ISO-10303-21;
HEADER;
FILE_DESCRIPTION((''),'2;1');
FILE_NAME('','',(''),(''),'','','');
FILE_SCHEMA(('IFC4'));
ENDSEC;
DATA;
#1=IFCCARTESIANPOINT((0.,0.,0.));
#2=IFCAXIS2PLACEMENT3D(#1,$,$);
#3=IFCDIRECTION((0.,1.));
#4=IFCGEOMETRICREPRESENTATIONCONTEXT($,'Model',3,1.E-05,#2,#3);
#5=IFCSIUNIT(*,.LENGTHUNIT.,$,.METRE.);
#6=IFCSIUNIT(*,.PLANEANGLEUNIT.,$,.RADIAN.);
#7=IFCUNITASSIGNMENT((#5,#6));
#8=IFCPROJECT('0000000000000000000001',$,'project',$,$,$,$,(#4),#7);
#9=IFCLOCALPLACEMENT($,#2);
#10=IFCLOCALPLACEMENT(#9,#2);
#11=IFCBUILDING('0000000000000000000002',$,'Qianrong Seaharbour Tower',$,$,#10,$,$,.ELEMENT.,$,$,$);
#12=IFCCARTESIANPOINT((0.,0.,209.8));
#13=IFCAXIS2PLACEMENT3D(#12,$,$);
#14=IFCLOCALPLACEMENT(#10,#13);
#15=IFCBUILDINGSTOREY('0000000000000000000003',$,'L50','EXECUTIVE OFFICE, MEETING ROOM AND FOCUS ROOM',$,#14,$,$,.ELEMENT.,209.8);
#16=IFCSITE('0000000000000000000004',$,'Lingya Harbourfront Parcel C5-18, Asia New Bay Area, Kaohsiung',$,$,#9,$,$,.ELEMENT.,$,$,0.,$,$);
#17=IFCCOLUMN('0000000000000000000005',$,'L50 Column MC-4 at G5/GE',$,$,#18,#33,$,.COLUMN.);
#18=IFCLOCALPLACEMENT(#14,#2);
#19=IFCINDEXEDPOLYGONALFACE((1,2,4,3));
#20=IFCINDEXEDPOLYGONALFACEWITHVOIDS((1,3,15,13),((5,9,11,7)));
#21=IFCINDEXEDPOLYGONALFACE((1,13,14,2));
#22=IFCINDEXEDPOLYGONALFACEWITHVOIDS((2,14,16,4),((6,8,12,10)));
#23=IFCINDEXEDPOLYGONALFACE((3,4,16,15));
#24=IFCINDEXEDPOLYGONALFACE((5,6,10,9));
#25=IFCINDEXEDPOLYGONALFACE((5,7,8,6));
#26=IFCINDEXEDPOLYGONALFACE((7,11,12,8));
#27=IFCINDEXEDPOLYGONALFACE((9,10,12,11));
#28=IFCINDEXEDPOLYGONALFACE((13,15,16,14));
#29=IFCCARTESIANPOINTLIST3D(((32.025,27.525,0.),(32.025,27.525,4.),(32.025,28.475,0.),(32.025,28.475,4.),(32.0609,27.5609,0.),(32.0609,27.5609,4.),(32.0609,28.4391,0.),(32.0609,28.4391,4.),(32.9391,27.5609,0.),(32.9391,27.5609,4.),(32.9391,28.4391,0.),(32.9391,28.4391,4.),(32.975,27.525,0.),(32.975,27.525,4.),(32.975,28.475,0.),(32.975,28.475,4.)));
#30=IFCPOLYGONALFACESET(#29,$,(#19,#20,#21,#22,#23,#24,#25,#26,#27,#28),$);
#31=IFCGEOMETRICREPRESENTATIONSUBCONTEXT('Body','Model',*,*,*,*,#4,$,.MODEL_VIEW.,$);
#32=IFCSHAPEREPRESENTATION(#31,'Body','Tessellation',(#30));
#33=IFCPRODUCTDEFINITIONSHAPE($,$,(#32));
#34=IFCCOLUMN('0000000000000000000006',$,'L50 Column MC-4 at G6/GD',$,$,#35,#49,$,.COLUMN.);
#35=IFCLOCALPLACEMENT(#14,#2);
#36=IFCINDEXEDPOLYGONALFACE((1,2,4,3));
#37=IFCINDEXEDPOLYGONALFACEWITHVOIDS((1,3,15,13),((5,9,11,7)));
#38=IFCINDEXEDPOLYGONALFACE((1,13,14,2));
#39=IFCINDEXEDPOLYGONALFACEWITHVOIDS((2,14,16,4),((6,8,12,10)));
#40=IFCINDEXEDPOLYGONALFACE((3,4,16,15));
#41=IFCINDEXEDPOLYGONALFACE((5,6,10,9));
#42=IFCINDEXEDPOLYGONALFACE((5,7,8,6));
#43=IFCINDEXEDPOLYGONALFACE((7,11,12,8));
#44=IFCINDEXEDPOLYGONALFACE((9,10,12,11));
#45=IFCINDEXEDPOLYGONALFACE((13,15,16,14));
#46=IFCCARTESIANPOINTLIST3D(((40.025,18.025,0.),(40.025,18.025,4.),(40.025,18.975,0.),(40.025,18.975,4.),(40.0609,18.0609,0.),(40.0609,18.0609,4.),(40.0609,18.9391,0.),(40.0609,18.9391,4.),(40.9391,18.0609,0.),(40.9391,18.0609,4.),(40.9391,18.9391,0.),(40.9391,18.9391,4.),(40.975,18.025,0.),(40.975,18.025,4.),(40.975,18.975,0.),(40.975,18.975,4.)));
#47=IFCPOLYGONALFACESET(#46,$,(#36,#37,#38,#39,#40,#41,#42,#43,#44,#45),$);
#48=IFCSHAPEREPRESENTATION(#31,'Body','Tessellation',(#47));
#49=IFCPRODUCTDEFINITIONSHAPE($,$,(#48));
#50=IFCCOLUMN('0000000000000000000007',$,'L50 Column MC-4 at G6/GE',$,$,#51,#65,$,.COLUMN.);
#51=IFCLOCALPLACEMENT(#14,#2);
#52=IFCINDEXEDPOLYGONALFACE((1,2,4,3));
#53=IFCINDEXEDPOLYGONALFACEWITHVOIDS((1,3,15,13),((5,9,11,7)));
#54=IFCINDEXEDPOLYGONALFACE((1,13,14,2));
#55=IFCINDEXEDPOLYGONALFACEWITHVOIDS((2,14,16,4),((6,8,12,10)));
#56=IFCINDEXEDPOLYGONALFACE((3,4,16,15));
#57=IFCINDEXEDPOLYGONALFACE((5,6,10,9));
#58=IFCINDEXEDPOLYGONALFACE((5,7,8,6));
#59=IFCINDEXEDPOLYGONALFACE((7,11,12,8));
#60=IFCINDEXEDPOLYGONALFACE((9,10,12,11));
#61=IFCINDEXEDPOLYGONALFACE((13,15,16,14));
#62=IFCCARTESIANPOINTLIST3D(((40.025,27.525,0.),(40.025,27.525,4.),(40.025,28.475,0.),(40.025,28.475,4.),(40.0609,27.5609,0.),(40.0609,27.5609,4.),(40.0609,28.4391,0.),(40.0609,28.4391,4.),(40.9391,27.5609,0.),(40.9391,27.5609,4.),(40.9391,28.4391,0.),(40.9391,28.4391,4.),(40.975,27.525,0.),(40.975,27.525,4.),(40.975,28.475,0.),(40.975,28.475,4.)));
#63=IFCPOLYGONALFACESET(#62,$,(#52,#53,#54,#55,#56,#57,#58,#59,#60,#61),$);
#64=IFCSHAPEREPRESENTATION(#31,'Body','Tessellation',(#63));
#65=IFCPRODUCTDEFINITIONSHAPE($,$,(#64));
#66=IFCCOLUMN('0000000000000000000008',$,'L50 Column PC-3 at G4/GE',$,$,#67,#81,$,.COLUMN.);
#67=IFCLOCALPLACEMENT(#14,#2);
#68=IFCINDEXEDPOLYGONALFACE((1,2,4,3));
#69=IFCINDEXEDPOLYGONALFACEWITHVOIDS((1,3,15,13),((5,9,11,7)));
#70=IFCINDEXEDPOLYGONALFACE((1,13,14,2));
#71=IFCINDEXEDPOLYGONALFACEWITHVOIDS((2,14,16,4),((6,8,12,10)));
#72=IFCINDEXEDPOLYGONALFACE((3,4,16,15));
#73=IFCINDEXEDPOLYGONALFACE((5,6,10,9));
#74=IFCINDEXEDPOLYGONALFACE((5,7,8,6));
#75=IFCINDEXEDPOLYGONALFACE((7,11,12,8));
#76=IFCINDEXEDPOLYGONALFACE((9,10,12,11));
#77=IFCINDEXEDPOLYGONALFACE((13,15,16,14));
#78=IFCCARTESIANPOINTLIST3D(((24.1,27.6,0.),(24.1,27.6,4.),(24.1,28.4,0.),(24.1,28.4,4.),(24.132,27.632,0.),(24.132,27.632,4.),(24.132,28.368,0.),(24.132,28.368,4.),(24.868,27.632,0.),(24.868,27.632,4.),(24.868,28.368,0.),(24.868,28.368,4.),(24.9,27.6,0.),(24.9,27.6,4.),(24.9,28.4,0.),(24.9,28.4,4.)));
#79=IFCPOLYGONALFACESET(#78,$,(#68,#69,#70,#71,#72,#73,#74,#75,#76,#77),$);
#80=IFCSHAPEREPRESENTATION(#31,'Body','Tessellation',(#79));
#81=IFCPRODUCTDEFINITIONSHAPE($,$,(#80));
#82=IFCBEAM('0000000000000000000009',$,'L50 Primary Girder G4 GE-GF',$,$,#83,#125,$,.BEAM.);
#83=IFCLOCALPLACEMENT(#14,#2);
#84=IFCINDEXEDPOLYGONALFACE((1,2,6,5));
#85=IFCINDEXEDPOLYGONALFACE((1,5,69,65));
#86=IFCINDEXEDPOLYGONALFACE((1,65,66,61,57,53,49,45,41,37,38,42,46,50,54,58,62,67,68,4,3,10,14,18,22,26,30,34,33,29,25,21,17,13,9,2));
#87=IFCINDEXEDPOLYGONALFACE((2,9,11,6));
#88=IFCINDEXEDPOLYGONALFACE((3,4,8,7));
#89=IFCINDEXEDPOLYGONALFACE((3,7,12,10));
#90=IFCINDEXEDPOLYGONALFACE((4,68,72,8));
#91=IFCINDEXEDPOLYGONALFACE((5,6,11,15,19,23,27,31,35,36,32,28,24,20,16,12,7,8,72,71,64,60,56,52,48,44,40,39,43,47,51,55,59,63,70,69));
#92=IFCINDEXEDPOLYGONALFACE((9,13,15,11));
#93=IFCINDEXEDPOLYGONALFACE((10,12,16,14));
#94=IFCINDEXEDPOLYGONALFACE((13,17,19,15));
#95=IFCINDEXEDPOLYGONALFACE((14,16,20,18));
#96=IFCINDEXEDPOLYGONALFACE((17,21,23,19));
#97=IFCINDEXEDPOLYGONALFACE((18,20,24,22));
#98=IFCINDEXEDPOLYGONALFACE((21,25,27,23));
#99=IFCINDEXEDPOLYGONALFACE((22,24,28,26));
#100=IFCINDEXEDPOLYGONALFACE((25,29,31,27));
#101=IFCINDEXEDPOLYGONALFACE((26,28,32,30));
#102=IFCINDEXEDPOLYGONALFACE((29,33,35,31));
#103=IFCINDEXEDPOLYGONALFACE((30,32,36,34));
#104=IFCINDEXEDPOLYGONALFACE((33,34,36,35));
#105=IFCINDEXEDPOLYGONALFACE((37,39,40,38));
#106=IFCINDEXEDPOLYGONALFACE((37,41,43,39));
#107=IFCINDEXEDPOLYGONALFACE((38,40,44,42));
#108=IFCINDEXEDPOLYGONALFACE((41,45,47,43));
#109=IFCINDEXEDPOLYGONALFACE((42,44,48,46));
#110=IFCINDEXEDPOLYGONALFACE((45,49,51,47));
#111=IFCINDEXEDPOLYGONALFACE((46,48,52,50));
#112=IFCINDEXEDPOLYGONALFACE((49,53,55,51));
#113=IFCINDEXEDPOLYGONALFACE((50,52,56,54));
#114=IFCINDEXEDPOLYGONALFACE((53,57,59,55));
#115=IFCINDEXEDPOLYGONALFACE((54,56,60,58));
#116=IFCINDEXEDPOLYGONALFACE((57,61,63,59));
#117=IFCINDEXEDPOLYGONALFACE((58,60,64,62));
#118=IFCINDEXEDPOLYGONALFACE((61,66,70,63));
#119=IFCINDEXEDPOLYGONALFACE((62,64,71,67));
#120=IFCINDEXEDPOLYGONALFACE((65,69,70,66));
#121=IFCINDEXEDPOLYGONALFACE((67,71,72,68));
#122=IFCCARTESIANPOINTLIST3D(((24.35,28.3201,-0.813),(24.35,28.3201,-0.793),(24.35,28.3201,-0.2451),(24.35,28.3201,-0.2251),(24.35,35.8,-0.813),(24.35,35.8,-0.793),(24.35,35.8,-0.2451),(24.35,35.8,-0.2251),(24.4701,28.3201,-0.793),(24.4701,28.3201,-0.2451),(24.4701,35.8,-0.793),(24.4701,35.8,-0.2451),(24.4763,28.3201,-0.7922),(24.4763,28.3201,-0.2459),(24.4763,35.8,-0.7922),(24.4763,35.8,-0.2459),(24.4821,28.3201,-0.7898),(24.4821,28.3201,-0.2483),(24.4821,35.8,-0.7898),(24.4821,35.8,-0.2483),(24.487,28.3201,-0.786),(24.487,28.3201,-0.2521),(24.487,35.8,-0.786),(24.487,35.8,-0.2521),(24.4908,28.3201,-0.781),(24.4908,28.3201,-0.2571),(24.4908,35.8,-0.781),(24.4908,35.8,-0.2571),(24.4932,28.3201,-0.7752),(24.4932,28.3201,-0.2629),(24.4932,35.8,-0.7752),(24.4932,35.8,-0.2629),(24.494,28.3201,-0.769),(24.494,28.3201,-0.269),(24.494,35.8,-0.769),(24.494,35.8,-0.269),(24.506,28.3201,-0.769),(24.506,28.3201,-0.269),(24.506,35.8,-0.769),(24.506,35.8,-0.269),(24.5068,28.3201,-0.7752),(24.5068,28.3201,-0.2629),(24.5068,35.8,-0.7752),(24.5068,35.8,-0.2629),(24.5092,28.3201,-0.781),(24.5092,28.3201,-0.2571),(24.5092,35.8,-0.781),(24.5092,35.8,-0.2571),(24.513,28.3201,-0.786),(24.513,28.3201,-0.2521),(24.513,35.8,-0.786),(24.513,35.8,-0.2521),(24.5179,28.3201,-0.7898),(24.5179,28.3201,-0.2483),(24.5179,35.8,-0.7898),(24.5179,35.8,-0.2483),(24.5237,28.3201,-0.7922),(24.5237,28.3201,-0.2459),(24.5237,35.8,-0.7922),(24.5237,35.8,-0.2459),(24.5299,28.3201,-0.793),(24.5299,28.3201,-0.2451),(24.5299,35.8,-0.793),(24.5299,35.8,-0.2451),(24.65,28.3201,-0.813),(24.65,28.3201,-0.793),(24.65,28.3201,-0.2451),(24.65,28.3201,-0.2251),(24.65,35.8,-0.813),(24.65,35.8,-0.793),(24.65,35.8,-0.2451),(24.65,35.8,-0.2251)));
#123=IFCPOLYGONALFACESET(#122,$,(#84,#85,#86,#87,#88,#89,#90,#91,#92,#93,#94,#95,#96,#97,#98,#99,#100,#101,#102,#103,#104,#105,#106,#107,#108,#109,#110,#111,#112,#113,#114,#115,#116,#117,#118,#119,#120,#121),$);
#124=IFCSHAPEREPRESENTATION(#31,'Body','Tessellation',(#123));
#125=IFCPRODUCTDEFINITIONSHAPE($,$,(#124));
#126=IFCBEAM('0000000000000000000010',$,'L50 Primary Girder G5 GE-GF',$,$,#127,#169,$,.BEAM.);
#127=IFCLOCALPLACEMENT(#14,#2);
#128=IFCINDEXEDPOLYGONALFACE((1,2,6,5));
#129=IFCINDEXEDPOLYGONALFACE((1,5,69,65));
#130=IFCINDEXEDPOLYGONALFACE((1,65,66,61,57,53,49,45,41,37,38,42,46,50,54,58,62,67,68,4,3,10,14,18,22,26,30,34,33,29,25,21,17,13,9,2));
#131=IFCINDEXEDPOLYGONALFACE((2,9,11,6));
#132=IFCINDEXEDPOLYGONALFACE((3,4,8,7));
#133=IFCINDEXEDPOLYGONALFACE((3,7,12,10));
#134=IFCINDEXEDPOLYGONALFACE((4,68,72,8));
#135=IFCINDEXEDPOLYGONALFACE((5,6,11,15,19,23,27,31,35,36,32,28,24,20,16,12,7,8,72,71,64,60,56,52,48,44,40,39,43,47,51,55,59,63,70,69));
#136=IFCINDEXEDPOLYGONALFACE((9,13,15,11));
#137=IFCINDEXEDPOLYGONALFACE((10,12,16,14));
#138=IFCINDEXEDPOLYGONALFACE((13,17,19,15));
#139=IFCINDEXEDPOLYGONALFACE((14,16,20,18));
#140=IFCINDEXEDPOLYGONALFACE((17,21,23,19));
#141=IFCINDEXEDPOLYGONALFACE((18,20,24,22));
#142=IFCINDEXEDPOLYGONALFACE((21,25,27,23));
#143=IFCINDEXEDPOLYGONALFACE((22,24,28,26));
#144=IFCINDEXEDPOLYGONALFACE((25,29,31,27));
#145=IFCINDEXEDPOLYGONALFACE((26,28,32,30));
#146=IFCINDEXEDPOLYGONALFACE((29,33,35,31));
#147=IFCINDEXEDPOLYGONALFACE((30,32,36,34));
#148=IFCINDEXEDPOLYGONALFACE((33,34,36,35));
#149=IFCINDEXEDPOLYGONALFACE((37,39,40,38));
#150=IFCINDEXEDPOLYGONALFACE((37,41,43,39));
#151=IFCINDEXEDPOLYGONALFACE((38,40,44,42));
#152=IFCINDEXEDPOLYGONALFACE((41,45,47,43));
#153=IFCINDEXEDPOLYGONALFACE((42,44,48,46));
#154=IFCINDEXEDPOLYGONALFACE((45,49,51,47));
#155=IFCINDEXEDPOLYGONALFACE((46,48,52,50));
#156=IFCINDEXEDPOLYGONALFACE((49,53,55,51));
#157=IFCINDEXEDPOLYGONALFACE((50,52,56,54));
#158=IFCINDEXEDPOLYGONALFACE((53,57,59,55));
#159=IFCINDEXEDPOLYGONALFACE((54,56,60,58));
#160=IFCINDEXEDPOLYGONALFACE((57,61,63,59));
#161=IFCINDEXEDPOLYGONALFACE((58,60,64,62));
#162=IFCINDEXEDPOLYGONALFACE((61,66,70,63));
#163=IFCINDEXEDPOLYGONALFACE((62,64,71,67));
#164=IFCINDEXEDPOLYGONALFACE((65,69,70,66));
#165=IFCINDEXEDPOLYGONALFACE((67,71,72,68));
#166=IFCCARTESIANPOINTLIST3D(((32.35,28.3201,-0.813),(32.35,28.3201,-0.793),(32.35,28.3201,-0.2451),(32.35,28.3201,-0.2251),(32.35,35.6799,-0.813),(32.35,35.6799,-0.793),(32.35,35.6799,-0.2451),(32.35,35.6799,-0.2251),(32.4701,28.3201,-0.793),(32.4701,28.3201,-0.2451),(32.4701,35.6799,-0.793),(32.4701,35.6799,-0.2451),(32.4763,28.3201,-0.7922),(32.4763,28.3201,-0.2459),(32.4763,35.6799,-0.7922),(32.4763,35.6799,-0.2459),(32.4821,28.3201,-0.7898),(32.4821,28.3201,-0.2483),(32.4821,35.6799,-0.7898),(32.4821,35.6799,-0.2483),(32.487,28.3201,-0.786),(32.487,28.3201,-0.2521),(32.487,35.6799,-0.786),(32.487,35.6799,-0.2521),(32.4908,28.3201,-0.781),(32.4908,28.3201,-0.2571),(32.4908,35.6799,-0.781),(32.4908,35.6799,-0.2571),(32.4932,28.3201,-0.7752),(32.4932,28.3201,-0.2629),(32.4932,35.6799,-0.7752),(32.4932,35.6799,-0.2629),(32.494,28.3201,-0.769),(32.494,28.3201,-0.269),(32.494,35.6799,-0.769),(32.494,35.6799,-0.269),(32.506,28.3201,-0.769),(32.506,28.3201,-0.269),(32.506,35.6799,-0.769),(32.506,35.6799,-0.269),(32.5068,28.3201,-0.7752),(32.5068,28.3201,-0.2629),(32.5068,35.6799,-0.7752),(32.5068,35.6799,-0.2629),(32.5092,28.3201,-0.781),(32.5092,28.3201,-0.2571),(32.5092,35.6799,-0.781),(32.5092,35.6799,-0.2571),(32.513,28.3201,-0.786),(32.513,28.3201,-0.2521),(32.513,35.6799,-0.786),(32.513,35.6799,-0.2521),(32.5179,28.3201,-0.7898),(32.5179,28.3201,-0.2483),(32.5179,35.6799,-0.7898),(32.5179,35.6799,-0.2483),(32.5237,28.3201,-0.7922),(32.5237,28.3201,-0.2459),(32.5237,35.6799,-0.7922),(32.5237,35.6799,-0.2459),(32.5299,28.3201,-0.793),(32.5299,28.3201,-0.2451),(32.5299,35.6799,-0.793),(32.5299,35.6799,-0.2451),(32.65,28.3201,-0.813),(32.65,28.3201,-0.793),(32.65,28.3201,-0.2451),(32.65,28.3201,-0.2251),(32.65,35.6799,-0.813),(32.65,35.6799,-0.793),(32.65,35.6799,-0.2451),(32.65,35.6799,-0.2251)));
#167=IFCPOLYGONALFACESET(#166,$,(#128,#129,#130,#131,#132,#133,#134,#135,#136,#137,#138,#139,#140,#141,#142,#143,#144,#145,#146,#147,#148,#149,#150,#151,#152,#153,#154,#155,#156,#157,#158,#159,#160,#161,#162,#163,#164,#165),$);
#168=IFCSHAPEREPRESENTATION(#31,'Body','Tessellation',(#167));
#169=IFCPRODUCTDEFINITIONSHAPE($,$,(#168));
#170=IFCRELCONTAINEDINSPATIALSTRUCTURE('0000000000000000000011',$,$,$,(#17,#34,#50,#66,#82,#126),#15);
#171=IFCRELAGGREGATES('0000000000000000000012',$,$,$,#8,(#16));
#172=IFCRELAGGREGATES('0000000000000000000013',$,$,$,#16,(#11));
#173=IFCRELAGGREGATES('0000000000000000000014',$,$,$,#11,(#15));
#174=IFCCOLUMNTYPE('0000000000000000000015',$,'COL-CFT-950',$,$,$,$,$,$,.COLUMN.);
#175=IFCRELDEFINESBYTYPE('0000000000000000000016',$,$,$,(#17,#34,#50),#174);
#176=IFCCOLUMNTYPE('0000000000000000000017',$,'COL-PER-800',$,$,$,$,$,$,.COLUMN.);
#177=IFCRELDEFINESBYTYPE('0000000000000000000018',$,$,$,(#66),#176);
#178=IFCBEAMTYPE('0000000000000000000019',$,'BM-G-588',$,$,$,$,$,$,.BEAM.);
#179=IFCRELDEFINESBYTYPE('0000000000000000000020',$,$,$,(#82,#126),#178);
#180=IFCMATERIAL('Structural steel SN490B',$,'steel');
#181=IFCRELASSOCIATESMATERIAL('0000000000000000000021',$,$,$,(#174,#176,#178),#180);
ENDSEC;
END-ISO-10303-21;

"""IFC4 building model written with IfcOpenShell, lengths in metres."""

from ifc_helpers import new_model, si_unit, direction, frame, origin, origin_2d, place, context, subcontext, project, spatial, hollow_rectangle, i_section, extrude, material, material_profile, profile_set, type_object, element, save


model = new_model("IFC4")

# Units and contexts
model_context = context("Model", 3, precision=1e-05, world=origin(), true_north=direction((0.0, 1.0)))
body_context = subcontext(model_context, "Body", "Model", "MODEL_VIEW")
ifc_project = project(units=[si_unit("LENGTHUNIT", "METRE"), si_unit("PLANEANGLEUNIT", "RADIAN")], contexts=[model_context])

# Site, building, storey
site_placement = place(None, origin())
site = spatial("IfcSite", under=ifc_project, at=site_placement, Name="Lingya Harbourfront Parcel C5-18, Asia New Bay Area, Kaohsiung", CompositionType="ELEMENT", RefElevation=0.0)
building_placement = place(site_placement, origin())
building = spatial("IfcBuilding", under=site, at=building_placement, Name="Qianrong Seaharbour Tower", CompositionType="ELEMENT")
storey_placement = place(building_placement, frame((0.0, 0.0, 209.8)))
storey = spatial("IfcBuildingStorey", under=building, at=storey_placement, Name="L50", Description="EXECUTIVE OFFICE, MEETING ROOM AND FOCUS ROOM", CompositionType="ELEMENT", Elevation=209.8)

# Columns
ifc_material_1 = material(Name="Structural steel SN490B", Category="steel")
ifc_material_profile_1 = material_profile(ifc_material_1, hollow_rectangle(XDim=0.95, YDim=0.95, WallThickness=0.0359, at=origin_2d()), Name="BOX950x950x36")
ifc_profile_set_1 = profile_set([ifc_material_profile_1], Name="Structural steel SN490B")
column_type_1 = type_object("IfcColumnType", Name="COL-CFT-950", PredefinedType="COLUMN", material=ifc_profile_set_1)
for number, where, z_axis, x_axis, name in (
    (1, (32.5, 28.0, 0.0), (0.0, 0.0, 1.0), (1.0, 0.0, 0.0), "L50 Column MC-4 at G5/GE"),
    (2, (40.5, 18.5, 0.0), (0.0, 0.0, 1.0), (1.0, 0.0, 0.0), "L50 Column MC-4 at G6/GD"),
    (3, (40.5, 28.0, 0.0), (0.0, 0.0, 1.0), (1.0, 0.0, 0.0), "L50 Column MC-4 at G6/GE"),
):
    element("IfcColumn", number, at=place(storey_placement, frame(where, z_axis=z_axis, x_axis=x_axis)), inside=storey, type_object=column_type_1, Name=name, PredefinedType="COLUMN", context=body_context, shape_type="SweptSolid", body=[
        extrude(hollow_rectangle(XDim=0.95, YDim=0.95, WallThickness=0.0359, at=origin_2d()), origin(), (0.0, 0.0, 1.0), 4.0),
    ])
ifc_material_profile_2 = material_profile(ifc_material_1, hollow_rectangle(XDim=0.8, YDim=0.8, WallThickness=0.032, at=origin_2d()), Name="BOX800x800x32")
ifc_profile_set_2 = profile_set([ifc_material_profile_2], Name="Structural steel SN490B")
column_type_2 = type_object("IfcColumnType", Name="COL-PER-800", PredefinedType="COLUMN", material=ifc_profile_set_2)
column_placement = place(storey_placement, frame((24.5, 28.0, 0.0), z_axis=(0.0, 0.0, 1.0), x_axis=(1.0, 0.0, 0.0)))
element("IfcColumn", 4, at=column_placement, inside=storey, type_object=column_type_2, Name="L50 Column PC-3 at G4/GE", PredefinedType="COLUMN", context=body_context, shape_type="SweptSolid", body=[
    extrude(hollow_rectangle(XDim=0.8, YDim=0.8, WallThickness=0.032, at=origin_2d()), origin(), (0.0, 0.0, 1.0), 4.0),
])

# Beams
ifc_material_profile_3 = material_profile(ifc_material_1, i_section(OverallWidth=0.3, OverallDepth=0.5879, WebThickness=0.012, FlangeThickness=0.02, FilletRadius=0.0239, at=origin_2d()), Name="H588x300x12x20")
ifc_profile_set_3 = profile_set([ifc_material_profile_3], Name="Structural steel SN490B")
beam_type_1 = type_object("IfcBeamType", Name="BM-G-588", PredefinedType="BEAM", material=ifc_profile_set_3)
beam_1_placement = place(storey_placement, frame((24.5, 28.3201, -0.519), z_axis=(0.0, 1.0, 0.0), x_axis=(-1.0, 0.0, 0.0)))
element("IfcBeam", 5, at=beam_1_placement, inside=storey, type_object=beam_type_1, Name="L50 Primary Girder G4 GE-GF", PredefinedType="BEAM", context=body_context, shape_type="SweptSolid", body=[
    extrude(i_section(OverallWidth=0.3, OverallDepth=0.5879, WebThickness=0.012, FlangeThickness=0.02, FilletRadius=0.0239, at=origin_2d()), origin(), (0.0, 0.0, 1.0), 7.48),
])
for number, where, z_axis, x_axis, name in (
    (6, (32.5, 28.3201, -0.519), (0.0, 1.0, 0.0), (-1.0, 0.0, 0.0), "L50 Primary Girder G5 GE-GF"),
):
    element("IfcBeam", number, at=place(storey_placement, frame(where, z_axis=z_axis, x_axis=x_axis)), inside=storey, type_object=beam_type_1, Name=name, PredefinedType="BEAM", context=body_context, shape_type="SweptSolid", body=[
        extrude(i_section(OverallWidth=0.3, OverallDepth=0.5879, WebThickness=0.012, FlangeThickness=0.02, FilletRadius=0.0239, at=origin_2d()), origin(), (0.0, 0.0, 1.0), 7.3599),
    ])

save(model, "model.ifc")
